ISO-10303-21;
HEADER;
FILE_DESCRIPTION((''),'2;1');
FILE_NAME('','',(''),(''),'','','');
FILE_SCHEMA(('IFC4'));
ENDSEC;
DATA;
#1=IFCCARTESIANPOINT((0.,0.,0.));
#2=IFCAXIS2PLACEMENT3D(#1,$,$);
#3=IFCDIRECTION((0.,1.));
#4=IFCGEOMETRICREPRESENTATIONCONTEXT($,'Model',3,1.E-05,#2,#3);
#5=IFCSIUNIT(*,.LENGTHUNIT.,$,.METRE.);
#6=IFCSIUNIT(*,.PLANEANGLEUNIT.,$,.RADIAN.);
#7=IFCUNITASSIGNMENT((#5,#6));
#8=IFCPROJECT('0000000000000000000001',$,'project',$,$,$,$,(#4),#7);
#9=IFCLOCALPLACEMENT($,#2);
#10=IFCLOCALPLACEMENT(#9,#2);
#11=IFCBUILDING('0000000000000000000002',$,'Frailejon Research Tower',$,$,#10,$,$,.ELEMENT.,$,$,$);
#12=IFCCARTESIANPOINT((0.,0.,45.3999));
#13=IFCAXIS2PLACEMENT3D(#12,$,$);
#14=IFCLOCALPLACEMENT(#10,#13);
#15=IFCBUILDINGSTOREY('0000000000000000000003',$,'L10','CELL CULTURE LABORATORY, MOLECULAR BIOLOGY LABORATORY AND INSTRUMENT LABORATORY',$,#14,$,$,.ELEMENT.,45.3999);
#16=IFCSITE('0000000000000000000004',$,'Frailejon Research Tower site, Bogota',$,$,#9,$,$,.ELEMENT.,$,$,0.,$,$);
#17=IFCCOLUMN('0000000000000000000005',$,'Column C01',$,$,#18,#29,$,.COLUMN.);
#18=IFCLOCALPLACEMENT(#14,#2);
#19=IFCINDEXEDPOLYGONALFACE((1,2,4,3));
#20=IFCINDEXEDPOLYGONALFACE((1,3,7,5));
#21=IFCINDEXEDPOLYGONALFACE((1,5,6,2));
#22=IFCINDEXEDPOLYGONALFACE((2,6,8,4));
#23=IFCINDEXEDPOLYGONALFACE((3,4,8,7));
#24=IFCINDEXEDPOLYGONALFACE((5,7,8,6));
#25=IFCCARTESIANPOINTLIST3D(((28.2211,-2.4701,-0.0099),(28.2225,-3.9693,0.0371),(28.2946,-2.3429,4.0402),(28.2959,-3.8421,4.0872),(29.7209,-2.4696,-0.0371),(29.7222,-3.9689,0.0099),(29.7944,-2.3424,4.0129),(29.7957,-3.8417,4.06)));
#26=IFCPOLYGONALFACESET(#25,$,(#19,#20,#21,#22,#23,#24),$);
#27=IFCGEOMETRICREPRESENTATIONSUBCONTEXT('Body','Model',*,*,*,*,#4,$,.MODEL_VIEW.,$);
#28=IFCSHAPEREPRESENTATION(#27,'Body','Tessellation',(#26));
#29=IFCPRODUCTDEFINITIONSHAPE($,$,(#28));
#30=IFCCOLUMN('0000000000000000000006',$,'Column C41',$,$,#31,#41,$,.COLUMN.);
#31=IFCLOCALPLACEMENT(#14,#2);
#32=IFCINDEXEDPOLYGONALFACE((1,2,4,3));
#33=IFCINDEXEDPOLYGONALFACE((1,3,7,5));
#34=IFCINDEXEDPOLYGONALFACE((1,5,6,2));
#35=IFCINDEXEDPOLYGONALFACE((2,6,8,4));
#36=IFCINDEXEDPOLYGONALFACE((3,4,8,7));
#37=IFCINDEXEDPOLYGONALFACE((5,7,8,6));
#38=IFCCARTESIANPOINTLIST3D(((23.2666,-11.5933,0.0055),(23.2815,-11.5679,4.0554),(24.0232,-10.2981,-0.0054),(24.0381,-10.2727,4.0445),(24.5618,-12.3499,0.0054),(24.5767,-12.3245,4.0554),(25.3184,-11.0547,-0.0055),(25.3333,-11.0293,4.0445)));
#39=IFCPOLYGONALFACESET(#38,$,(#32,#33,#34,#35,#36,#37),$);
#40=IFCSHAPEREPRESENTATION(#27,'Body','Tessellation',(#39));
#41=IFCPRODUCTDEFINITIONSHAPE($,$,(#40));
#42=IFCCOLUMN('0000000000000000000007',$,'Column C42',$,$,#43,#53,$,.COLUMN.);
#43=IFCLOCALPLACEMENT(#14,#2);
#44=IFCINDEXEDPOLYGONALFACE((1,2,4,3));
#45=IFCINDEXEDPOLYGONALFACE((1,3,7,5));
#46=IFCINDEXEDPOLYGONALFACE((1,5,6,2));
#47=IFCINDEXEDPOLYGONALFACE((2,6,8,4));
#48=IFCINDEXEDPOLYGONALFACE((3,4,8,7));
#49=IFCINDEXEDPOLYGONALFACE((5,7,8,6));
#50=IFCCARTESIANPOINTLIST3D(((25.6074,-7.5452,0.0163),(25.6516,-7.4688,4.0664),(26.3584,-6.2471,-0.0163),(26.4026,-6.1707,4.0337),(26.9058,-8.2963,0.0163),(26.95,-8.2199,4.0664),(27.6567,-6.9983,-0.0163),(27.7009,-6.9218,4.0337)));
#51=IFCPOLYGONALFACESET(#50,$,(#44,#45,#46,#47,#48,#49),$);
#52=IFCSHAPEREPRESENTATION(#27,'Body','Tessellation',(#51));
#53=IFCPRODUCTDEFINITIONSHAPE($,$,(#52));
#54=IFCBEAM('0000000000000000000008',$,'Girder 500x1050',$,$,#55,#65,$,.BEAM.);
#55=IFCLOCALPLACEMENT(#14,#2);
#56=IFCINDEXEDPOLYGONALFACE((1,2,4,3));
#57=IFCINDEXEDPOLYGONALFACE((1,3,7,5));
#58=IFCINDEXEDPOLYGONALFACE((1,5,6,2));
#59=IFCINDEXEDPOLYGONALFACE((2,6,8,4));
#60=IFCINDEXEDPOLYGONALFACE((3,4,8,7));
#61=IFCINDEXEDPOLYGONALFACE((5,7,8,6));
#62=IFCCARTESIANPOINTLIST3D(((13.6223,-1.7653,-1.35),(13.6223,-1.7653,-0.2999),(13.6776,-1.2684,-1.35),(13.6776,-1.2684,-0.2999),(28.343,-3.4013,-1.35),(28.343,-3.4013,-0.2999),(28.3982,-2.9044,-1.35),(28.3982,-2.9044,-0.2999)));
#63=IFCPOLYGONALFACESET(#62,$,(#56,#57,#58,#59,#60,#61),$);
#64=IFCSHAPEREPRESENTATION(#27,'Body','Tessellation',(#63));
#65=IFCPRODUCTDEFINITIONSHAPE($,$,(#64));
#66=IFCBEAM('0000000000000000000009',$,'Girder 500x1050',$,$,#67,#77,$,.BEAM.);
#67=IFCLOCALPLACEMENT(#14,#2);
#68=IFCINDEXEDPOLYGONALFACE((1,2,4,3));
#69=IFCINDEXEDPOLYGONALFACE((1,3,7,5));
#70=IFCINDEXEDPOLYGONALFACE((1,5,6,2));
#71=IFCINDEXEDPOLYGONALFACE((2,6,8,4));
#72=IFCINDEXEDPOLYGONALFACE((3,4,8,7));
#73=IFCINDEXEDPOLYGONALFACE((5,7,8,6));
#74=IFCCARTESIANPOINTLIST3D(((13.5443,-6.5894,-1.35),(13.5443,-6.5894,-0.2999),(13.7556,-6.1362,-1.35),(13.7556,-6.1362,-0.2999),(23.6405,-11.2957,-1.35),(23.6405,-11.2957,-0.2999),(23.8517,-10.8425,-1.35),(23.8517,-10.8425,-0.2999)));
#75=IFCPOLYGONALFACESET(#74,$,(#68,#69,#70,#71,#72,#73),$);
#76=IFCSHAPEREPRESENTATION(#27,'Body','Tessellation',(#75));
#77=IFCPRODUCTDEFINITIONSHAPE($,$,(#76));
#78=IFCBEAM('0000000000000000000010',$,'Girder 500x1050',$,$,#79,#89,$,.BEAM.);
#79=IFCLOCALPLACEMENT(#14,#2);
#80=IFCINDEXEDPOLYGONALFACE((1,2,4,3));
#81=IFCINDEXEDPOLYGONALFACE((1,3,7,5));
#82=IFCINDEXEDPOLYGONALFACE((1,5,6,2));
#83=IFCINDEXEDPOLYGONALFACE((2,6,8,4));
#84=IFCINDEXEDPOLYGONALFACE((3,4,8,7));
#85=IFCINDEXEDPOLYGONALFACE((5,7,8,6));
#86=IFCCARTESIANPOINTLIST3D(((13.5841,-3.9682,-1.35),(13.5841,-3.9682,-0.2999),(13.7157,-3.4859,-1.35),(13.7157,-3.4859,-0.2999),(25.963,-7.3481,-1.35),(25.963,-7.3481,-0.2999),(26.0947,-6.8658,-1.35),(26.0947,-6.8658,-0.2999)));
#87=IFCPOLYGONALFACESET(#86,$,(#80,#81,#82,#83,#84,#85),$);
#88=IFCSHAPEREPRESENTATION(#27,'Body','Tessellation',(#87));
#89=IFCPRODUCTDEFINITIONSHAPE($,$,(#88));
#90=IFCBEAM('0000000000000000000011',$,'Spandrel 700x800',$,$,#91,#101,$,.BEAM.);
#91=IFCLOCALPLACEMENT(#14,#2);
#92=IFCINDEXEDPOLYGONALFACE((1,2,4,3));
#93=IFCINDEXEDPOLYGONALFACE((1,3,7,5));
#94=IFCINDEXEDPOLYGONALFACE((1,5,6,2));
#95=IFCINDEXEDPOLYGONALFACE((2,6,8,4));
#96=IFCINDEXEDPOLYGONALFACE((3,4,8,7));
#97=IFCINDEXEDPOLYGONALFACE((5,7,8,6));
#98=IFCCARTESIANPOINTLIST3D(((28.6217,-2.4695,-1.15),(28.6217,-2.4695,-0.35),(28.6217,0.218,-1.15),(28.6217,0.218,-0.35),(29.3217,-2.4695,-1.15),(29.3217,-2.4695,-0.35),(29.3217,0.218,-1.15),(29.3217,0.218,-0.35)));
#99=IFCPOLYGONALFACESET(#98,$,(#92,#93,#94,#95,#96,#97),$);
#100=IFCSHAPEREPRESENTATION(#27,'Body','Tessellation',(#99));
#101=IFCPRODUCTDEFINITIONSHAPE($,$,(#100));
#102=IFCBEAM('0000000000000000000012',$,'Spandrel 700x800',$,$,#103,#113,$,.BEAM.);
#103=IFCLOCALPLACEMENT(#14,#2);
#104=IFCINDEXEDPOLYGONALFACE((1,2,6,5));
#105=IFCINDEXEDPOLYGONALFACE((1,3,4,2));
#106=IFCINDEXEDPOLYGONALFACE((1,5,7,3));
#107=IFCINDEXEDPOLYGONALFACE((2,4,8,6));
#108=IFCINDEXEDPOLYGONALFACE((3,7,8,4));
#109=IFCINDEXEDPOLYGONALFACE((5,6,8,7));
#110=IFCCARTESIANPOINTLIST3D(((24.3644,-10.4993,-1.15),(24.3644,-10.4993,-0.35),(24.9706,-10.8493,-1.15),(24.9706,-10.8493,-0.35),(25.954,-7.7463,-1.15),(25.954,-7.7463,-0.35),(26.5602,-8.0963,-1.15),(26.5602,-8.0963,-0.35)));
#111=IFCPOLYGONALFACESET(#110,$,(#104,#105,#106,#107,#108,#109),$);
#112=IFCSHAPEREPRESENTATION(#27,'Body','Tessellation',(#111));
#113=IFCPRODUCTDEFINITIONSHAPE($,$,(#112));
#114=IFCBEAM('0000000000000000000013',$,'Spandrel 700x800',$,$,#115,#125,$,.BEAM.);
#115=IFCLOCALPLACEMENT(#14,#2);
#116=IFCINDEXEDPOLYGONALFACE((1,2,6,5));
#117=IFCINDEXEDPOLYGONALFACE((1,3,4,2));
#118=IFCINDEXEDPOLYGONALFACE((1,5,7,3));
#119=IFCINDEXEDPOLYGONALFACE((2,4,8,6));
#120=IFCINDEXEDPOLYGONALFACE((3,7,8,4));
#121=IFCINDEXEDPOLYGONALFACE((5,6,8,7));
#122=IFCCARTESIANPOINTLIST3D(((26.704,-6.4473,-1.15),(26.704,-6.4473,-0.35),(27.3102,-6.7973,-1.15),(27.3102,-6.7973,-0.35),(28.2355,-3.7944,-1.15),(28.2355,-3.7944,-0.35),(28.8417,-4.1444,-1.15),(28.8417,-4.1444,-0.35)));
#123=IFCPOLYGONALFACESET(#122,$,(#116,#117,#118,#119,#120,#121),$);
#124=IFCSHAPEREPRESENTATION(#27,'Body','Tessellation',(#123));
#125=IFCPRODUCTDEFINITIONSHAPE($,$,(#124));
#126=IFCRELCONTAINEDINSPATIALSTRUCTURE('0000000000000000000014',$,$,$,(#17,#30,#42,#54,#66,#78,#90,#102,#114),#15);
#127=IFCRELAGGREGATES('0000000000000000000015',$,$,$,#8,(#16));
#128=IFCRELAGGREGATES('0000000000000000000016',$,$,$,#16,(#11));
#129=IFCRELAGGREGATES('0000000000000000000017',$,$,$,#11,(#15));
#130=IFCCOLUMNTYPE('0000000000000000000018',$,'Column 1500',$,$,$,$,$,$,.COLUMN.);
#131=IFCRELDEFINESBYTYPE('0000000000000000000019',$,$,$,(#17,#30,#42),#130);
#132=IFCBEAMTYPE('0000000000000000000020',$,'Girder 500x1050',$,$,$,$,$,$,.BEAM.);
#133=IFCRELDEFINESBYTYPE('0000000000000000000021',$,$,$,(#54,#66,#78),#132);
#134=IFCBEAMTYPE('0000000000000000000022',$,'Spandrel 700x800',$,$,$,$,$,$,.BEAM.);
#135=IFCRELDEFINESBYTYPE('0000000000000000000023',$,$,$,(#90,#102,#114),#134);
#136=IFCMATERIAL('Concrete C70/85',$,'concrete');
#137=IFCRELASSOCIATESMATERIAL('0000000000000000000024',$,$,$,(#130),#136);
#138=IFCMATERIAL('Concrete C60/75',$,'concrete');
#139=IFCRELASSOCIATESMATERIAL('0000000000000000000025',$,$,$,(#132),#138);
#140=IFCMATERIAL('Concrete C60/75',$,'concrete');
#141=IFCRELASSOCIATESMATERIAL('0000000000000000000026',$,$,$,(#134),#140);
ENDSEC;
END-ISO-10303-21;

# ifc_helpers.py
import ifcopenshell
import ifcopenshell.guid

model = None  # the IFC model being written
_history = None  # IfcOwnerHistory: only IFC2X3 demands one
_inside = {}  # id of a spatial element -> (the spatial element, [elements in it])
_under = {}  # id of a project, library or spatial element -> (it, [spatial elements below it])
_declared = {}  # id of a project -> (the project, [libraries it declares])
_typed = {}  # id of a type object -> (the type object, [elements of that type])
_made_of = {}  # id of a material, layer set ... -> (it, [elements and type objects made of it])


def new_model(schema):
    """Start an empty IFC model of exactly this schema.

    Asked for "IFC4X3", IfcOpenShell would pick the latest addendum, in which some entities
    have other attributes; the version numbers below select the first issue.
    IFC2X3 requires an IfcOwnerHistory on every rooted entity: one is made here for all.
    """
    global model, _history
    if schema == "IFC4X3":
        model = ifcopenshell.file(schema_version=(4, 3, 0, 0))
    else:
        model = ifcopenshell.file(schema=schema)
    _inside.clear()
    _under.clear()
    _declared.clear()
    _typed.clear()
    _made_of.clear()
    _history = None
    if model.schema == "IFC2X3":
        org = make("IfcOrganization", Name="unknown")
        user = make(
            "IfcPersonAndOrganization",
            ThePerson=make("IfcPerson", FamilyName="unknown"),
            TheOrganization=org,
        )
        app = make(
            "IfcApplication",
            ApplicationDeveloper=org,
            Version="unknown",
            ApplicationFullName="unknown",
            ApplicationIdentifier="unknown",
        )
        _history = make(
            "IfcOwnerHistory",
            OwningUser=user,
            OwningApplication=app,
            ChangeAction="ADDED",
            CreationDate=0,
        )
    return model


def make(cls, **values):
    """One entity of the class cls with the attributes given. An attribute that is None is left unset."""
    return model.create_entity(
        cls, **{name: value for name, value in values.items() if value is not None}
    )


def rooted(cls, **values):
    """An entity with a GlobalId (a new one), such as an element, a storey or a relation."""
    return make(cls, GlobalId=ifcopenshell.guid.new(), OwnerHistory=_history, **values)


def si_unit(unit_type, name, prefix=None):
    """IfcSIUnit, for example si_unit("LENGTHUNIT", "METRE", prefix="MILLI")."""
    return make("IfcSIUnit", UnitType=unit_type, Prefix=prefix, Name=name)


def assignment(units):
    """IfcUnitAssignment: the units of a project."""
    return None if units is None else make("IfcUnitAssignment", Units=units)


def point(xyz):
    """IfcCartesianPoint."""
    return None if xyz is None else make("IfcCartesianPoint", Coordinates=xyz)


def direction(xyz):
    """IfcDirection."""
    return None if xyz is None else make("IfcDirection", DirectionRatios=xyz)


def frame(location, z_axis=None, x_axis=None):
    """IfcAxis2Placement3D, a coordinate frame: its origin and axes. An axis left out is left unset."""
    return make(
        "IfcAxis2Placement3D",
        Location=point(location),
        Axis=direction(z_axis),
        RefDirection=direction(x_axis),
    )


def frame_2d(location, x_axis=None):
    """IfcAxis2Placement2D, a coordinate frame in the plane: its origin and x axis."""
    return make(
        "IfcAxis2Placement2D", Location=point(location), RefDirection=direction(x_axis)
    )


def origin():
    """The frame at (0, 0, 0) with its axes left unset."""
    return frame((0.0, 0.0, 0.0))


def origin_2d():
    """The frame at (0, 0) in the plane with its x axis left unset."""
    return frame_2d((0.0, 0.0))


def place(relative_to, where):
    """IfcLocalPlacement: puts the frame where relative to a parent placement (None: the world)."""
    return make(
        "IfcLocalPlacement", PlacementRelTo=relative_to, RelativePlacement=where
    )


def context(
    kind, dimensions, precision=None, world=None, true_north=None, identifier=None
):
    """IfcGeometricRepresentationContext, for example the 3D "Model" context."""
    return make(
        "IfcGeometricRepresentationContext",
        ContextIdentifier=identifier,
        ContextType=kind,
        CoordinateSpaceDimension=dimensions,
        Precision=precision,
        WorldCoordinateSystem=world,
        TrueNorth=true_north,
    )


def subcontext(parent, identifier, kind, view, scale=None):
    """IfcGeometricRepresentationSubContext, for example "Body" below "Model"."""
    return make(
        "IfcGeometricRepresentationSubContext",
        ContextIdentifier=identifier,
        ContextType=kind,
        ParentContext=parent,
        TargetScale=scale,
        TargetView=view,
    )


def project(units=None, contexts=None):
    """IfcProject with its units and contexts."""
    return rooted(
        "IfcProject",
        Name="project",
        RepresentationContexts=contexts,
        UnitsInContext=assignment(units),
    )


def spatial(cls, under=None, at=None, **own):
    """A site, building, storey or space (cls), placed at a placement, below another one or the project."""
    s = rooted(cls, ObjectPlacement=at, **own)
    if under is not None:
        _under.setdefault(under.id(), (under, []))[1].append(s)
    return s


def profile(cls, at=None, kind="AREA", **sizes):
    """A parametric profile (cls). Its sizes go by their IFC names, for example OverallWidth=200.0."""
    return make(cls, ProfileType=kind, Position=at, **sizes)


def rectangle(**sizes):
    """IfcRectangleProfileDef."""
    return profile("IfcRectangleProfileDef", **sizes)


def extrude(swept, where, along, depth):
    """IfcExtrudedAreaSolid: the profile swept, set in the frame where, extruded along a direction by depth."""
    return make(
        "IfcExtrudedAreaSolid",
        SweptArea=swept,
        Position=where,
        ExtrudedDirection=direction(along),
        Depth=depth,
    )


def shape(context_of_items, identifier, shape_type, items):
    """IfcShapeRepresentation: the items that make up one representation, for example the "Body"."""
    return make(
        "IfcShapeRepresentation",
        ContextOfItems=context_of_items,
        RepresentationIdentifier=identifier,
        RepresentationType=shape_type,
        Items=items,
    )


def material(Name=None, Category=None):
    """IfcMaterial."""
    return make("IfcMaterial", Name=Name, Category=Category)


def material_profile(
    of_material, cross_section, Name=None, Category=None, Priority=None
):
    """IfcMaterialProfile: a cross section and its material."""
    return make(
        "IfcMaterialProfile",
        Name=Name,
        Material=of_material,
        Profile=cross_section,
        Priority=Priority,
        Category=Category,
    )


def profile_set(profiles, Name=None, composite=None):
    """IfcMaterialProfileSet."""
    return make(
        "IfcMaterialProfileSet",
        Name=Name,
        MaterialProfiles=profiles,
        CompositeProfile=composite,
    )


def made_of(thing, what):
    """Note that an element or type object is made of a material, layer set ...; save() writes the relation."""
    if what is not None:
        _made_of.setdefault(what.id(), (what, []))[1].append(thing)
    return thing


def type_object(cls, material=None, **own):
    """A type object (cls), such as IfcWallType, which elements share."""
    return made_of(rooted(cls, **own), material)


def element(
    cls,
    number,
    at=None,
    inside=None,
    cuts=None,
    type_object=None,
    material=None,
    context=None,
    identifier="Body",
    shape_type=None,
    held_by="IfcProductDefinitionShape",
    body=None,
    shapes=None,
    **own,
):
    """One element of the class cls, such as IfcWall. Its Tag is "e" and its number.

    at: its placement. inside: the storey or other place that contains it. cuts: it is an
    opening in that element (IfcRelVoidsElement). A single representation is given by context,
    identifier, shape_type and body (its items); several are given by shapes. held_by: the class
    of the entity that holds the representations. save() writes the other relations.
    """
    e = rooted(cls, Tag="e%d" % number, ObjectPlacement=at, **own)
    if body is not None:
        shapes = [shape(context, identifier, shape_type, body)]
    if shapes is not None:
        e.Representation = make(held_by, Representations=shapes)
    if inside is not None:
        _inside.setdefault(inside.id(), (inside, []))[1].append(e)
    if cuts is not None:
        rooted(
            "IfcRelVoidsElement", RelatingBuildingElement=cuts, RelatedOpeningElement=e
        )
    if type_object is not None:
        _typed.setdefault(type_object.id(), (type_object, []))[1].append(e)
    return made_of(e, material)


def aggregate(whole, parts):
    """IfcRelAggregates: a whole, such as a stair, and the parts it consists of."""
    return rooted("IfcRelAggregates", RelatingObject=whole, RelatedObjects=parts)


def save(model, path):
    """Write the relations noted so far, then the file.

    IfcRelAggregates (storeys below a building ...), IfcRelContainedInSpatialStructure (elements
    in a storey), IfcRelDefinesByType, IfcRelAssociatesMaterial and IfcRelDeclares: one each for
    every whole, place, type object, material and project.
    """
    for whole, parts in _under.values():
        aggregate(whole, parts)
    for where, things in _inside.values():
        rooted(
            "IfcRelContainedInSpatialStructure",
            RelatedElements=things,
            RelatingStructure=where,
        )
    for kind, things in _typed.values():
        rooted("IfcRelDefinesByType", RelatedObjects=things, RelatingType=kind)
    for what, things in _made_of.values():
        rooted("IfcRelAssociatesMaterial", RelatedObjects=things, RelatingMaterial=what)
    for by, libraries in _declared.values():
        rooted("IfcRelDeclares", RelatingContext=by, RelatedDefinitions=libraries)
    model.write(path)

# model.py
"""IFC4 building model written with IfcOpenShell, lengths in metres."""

from ifc_helpers import new_model, si_unit, direction, frame, origin, origin_2d, place, context, subcontext, project, spatial, rectangle, extrude, material, material_profile, profile_set, type_object, element, save


model = new_model("IFC4")

# Units and contexts
model_context = context("Model", 3, precision=1e-05, world=origin(), true_north=direction((0.0, 1.0)))
body_context = subcontext(model_context, "Body", "Model", "MODEL_VIEW")
ifc_project = project(units=[si_unit("LENGTHUNIT", "METRE"), si_unit("PLANEANGLEUNIT", "RADIAN")], contexts=[model_context])

# Site, building, storey
site_placement = place(None, origin())
site = spatial("IfcSite", under=ifc_project, at=site_placement, Name="Frailejon Research Tower site, Bogota", CompositionType="ELEMENT", RefElevation=0.0)
building_placement = place(site_placement, origin())
building = spatial("IfcBuilding", under=site, at=building_placement, Name="Frailejon Research Tower", CompositionType="ELEMENT")
storey_placement = place(building_placement, frame((0.0, 0.0, 45.3999)))
storey = spatial("IfcBuildingStorey", under=building, at=storey_placement, Name="L10", Description="CELL CULTURE LABORATORY, MOLECULAR BIOLOGY LABORATORY AND INSTRUMENT LABORATORY", CompositionType="ELEMENT", Elevation=45.3999)

# Columns
ifc_material_1 = material(Name="Concrete C70/85", Category="concrete")
ifc_material_profile_1 = material_profile(ifc_material_1, rectangle(XDim=1.5, YDim=1.5, at=origin_2d()), Name="Column 1500")
ifc_profile_set_1 = profile_set([ifc_material_profile_1], Name="Concrete C70/85")
column_type = type_object("IfcColumnType", Name="Column 1500", PredefinedType="COLUMN", material=ifc_profile_set_1)
column_1_placement = place(storey_placement, frame((28.9717, -3.2195, 0.0), z_axis=(0.018133, 0.031386, 0.999343), x_axis=(-0.000879, 0.999507, -0.031375)))
element("IfcColumn", 1, at=column_1_placement, inside=storey, type_object=column_type, Name="Column C01", PredefinedType="COLUMN", context=body_context, shape_type="SweptSolid", body=[
    extrude(rectangle(XDim=1.5, YDim=1.5, at=origin_2d()), origin(), (0.0, 0.0, 1.0), 4.0527),
])
column_2_placement = place(storey_placement, frame((24.2925, -11.324, 0.0), z_axis=(0.003677, 0.006269, 0.999974), x_axis=(0.504393, 0.863444, -0.007268)))
element("IfcColumn", 2, at=column_2_placement, inside=storey, type_object=column_type, Name="Column C41", PredefinedType="COLUMN", context=body_context, shape_type="SweptSolid", body=[
    extrude(rectangle(XDim=1.5, YDim=1.5, at=origin_2d()), origin(), (0.0, 0.0, 1.0), 4.05),
])
column_3_placement = place(storey_placement, frame((26.6321, -7.2717, 0.0), z_axis=(0.010908, 0.018863, 0.999763), x_axis=(0.500638, 0.865382, -0.02179)))
element("IfcColumn", 3, at=column_3_placement, inside=storey, type_object=column_type, Name="Column C42", PredefinedType="COLUMN", context=body_context, shape_type="SweptSolid", body=[
    extrude(rectangle(XDim=1.5, YDim=1.5, at=origin_2d()), origin(), (0.0, 0.0, 1.0), 4.051),
])

# Beams
ifc_material_2 = material(Name="Concrete C60/75", Category="concrete")
ifc_material_profile_2 = material_profile(ifc_material_2, rectangle(XDim=0.5, YDim=1.05, at=origin_2d()), Name="Girder 500x1050")
ifc_profile_set_2 = profile_set([ifc_material_profile_2], Name="Concrete C60/75")
beam_type_1 = type_object("IfcBeamType", Name="Girder 500x1050", PredefinedType="BEAM", material=ifc_profile_set_2)
beam_1_placement = place(storey_placement, frame((28.3706, -3.1528, -0.825), z_axis=(-0.993881, 0.110455, 0.0), x_axis=(-0.110455, -0.993881, 0.0)))
element("IfcBeam", 4, at=beam_1_placement, inside=storey, type_object=beam_type_1, Name="Girder 500x1050", PredefinedType="BEAM", context=body_context, shape_type="SweptSolid", body=[
    extrude(rectangle(XDim=0.5, YDim=1.05, at=origin_2d()), origin(), (0.0, 0.0, 1.0), 14.8113),
])
beam_2_placement = place(storey_placement, frame((23.7461, -11.0691, -0.825), z_axis=(-0.906364, 0.422498, 0.0), x_axis=(-0.422498, -0.906364, 0.0)))
element("IfcBeam", 5, at=beam_2_placement, inside=storey, type_object=beam_type_1, Name="Girder 500x1050", PredefinedType="BEAM", context=body_context, shape_type="SweptSolid", body=[
    extrude(rectangle(XDim=0.5, YDim=1.05, at=origin_2d()), origin(), (0.0, 0.0, 1.0), 11.1392),
])
beam_3_placement = place(storey_placement, frame((26.0288, -7.1069, -0.825), z_axis=(-0.964688, 0.263394, 0.0), x_axis=(-0.263394, -0.964688, 0.0)))
element("IfcBeam", 6, at=beam_3_placement, inside=storey, type_object=beam_type_1, Name="Girder 500x1050", PredefinedType="BEAM", context=body_context, shape_type="SweptSolid", body=[
    extrude(rectangle(XDim=0.5, YDim=1.05, at=origin_2d()), origin(), (0.0, 0.0, 1.0), 12.832),
])
ifc_material_3 = material(Name="Concrete C60/75", Category="concrete")
ifc_material_profile_3 = material_profile(ifc_material_3, rectangle(XDim=0.7, YDim=0.8, at=origin_2d()), Name="Spandrel 700x800")
ifc_profile_set_3 = profile_set([ifc_material_profile_3], Name="Concrete C60/75")
beam_type_2 = type_object("IfcBeamType", Name="Spandrel 700x800", PredefinedType="BEAM", material=ifc_profile_set_3)
beam_4_placement = place(storey_placement, frame((28.9717, -2.4695, -0.75), z_axis=(0.0, 1.0, 0.0), x_axis=(-1.0, 0.0, 0.0)))
element("IfcBeam", 7, at=beam_4_placement, inside=storey, type_object=beam_type_2, Name="Spandrel 700x800", PredefinedType="BEAM", context=body_context, shape_type="SweptSolid", body=[
    extrude(rectangle(XDim=0.7, YDim=0.8, at=origin_2d()), origin(), (0.0, 0.0, 1.0), 2.6875),
])
beam_5_placement = place(storey_placement, frame((24.6675, -10.6743, -0.75), z_axis=(0.500046, 0.865999, 0.0), x_axis=(-0.865999, 0.500046, 0.0)))
element("IfcBeam", 8, at=beam_5_placement, inside=storey, type_object=beam_type_2, Name="Spandrel 700x800", PredefinedType="BEAM", context=body_context, shape_type="SweptSolid", body=[
    extrude(rectangle(XDim=0.7, YDim=0.8, at=origin_2d()), origin(), (0.0, 0.0, 1.0), 3.179),
])
beam_6_placement = place(storey_placement, frame((27.0071, -6.6223, -0.75), z_axis=(0.499971, 0.866042, 0.0), x_axis=(-0.866042, 0.499971, 0.0)))
element("IfcBeam", 9, at=beam_6_placement, inside=storey, type_object=beam_type_2, Name="Spandrel 700x800", PredefinedType="BEAM", context=body_context, shape_type="SweptSolid", body=[
    extrude(rectangle(XDim=0.7, YDim=0.8, at=origin_2d()), origin(), (0.0, 0.0, 1.0), 3.0632),
])

save(model, "model.ifc")
